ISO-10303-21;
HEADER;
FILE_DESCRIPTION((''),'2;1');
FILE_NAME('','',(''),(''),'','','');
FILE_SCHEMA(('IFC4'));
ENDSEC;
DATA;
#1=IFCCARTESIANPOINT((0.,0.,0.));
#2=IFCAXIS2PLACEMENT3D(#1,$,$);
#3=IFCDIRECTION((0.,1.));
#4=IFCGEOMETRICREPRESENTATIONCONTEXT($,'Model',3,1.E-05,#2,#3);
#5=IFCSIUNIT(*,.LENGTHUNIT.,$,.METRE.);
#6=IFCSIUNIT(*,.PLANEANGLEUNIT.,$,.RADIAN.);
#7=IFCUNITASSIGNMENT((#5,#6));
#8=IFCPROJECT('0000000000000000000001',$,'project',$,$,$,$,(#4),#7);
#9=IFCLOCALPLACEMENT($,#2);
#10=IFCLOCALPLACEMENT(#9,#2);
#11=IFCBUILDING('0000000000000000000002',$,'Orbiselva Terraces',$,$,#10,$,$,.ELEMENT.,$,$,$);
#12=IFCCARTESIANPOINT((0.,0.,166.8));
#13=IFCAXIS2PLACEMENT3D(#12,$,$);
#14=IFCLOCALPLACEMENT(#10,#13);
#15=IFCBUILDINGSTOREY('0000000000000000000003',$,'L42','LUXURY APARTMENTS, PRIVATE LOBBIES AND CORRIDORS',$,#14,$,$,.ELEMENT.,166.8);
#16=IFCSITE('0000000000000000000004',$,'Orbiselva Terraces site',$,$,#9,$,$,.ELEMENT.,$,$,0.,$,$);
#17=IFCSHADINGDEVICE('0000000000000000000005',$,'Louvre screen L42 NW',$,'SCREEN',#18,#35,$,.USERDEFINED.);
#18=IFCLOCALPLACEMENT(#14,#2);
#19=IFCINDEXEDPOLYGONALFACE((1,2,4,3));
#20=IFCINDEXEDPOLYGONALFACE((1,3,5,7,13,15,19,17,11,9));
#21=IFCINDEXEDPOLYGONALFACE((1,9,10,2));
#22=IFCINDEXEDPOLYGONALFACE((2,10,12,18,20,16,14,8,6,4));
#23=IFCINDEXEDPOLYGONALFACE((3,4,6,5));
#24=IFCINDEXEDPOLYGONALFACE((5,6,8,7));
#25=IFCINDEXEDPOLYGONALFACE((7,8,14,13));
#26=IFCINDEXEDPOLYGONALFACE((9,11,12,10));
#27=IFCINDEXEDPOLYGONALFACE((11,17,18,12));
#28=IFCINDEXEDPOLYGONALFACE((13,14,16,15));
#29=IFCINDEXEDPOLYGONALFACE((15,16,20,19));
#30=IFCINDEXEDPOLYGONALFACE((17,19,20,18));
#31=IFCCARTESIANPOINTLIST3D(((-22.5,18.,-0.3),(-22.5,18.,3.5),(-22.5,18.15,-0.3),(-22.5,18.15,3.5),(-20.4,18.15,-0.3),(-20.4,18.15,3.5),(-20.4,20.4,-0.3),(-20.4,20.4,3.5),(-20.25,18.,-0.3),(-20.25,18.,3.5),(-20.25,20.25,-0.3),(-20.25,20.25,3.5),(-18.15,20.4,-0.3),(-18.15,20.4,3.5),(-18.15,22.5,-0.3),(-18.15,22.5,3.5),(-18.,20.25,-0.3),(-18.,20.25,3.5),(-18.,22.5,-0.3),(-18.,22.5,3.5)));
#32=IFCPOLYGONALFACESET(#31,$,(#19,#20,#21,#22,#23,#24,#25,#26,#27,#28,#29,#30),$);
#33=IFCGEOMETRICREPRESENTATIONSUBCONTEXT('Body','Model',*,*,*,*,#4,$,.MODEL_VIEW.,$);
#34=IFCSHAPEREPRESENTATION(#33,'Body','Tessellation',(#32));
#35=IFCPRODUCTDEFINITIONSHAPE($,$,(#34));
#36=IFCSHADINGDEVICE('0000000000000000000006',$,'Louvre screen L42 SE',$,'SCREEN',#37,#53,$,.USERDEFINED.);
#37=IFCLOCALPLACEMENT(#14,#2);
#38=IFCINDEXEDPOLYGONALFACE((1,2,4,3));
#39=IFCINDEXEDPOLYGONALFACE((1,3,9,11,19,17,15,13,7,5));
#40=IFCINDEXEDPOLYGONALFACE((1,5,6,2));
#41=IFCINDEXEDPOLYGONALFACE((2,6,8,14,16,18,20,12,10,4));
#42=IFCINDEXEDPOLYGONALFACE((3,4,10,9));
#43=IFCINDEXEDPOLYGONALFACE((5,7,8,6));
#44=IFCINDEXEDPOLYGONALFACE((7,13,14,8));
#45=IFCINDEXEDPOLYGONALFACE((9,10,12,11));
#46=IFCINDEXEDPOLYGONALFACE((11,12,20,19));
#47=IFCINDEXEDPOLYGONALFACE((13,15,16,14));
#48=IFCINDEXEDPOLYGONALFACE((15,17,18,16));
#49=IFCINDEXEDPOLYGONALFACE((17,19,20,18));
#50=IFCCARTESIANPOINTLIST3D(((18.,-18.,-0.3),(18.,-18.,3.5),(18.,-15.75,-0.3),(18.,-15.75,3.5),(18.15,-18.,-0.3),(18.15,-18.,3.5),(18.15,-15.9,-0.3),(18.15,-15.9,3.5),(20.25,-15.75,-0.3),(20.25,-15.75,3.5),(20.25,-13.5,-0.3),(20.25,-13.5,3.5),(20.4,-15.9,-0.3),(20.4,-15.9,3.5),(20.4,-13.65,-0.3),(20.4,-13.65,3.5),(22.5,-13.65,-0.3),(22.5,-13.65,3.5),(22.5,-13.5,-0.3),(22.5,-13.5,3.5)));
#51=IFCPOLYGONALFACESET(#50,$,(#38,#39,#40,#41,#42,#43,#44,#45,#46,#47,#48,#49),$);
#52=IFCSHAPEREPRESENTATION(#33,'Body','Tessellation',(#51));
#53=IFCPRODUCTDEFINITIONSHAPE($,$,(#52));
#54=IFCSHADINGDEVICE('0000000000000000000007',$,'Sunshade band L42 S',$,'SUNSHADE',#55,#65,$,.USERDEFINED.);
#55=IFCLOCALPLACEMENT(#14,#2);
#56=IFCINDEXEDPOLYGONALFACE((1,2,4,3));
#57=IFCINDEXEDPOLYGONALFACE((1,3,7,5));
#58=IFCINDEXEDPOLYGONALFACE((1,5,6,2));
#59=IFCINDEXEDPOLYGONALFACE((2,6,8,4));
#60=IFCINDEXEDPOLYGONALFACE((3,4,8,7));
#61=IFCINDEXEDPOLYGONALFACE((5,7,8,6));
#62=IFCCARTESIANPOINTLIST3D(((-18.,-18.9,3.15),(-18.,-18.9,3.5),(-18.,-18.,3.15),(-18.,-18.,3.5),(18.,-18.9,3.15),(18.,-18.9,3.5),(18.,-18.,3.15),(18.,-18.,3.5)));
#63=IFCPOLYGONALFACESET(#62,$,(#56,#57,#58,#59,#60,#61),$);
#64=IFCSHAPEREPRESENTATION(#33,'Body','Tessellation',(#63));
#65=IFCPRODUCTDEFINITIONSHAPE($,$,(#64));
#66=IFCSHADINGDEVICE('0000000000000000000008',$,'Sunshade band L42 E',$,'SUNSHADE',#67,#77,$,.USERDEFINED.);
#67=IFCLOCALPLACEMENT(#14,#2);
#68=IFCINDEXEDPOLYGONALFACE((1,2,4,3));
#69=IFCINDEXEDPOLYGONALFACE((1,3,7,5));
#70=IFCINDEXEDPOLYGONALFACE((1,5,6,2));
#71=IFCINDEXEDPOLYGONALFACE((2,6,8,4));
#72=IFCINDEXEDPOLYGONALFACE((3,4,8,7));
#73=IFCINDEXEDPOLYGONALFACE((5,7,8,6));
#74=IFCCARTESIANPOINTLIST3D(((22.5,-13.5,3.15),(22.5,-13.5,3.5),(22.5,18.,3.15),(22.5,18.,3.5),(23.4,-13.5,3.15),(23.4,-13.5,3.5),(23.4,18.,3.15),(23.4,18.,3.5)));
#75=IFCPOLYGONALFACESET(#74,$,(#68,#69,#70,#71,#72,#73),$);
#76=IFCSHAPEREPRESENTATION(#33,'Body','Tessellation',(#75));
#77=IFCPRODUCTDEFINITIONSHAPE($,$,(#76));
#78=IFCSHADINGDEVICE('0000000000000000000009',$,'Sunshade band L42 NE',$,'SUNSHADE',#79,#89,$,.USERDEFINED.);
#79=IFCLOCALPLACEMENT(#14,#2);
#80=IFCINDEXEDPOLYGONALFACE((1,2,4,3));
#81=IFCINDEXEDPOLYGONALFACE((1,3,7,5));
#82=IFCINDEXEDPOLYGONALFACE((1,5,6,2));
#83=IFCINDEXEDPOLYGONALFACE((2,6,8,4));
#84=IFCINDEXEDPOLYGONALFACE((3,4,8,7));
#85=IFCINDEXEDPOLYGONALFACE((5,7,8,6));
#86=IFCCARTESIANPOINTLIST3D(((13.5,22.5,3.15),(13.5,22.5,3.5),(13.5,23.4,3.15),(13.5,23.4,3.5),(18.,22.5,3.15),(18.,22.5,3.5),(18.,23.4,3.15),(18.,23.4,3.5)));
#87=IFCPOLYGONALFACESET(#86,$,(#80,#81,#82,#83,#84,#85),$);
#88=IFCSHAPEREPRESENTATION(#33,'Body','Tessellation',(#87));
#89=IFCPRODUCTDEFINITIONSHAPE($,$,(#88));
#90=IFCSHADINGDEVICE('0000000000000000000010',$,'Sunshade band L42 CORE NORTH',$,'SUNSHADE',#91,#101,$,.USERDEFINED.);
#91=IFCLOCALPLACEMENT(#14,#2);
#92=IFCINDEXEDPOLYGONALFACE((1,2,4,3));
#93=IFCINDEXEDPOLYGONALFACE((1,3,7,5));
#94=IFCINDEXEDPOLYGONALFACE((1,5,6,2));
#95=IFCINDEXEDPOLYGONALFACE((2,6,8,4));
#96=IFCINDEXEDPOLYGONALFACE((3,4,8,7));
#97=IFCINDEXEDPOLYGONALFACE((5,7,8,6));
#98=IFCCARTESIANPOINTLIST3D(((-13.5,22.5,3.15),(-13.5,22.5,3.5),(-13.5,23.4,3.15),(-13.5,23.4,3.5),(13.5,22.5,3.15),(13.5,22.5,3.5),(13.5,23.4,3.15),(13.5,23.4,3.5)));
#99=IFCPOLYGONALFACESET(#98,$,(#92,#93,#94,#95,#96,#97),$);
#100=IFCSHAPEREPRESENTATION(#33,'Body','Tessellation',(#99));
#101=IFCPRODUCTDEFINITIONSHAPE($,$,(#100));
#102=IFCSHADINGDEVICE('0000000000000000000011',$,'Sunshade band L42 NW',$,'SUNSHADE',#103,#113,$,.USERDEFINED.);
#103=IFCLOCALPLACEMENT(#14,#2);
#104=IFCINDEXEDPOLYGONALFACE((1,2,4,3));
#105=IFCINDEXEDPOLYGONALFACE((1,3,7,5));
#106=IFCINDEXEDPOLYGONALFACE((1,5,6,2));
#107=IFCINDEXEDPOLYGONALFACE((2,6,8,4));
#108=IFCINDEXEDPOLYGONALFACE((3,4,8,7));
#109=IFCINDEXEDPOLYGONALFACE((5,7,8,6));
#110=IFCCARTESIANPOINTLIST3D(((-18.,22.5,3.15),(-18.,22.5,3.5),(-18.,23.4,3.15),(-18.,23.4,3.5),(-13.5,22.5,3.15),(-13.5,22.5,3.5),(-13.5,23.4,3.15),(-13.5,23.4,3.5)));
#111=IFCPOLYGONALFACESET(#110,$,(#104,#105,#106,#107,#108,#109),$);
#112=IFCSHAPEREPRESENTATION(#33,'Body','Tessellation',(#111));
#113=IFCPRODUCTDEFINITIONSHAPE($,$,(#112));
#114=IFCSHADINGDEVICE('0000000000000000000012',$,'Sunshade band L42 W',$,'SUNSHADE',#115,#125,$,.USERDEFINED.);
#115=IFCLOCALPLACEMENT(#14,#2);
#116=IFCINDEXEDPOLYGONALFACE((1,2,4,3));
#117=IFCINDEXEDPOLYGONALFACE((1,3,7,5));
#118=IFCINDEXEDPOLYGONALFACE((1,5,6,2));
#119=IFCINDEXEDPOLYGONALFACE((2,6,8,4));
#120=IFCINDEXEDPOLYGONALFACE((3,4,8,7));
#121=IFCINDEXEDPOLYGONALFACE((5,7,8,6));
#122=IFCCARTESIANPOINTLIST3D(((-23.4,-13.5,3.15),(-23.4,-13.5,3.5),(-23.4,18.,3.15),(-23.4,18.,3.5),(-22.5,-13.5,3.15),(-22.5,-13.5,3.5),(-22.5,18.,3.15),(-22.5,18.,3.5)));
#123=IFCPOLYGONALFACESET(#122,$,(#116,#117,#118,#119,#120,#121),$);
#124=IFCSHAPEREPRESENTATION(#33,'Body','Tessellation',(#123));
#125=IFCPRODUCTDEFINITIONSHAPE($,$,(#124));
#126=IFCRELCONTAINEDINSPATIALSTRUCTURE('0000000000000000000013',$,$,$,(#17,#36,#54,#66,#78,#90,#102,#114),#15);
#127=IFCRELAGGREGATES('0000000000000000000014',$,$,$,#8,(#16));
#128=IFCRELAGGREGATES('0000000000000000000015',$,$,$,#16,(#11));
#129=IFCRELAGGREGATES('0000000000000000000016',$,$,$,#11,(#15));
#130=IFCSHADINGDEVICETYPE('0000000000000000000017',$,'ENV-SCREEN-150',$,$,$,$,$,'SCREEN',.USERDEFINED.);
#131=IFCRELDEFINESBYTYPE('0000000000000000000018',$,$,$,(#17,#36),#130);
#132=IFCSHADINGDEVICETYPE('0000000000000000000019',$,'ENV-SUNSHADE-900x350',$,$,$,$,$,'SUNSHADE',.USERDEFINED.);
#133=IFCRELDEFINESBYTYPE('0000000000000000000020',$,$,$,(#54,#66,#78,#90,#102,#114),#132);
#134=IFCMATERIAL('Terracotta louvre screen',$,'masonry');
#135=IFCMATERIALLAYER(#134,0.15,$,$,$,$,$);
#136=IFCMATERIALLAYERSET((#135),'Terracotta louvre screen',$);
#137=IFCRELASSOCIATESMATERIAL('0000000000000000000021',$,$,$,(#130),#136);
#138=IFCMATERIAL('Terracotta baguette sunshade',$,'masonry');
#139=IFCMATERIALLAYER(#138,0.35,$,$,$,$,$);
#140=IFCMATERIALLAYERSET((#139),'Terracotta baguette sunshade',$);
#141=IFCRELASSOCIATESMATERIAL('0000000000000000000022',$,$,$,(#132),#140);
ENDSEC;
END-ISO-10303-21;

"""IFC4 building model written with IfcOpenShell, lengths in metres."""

from ifc_helpers import new_model, si_unit, direction, frame, origin, place, context, subcontext, project, spatial, polyline, outline, extrude, material, layer, layer_set, type_object, element, save


model = new_model("IFC4")

# Units and contexts
model_context = context("Model", 3, precision=1e-05, world=origin(), true_north=direction((0.0, 1.0)))
body_context = subcontext(model_context, "Body", "Model", "MODEL_VIEW")
ifc_project = project(units=[si_unit("LENGTHUNIT", "METRE"), si_unit("PLANEANGLEUNIT", "RADIAN")], contexts=[model_context])

# Site, building, storey
site_placement = place(None, origin())
site = spatial("IfcSite", under=ifc_project, at=site_placement, Name="Orbiselva Terraces site", CompositionType="ELEMENT", RefElevation=0.0)
building_placement = place(site_placement, origin())
building = spatial("IfcBuilding", under=site, at=building_placement, Name="Orbiselva Terraces", CompositionType="ELEMENT")
storey_placement = place(building_placement, frame((0.0, 0.0, 166.8)))
storey = spatial("IfcBuildingStorey", under=building, at=storey_placement, Name="L42", Description="LUXURY APARTMENTS, PRIVATE LOBBIES AND CORRIDORS", CompositionType="ELEMENT", Elevation=166.8)

# Shading devices
ifc_material_1 = material(Name="Terracotta louvre screen", Category="masonry")
ifc_layer_1 = layer(ifc_material_1, 0.15)
ifc_layer_set_1 = layer_set([ifc_layer_1], Name="Terracotta louvre screen")
shading_device_type_1 = type_object("IfcShadingDeviceType", Name="ENV-SCREEN-150", ElementType="SCREEN", PredefinedType="USERDEFINED", material=ifc_layer_set_1)
shading_device_1_placement = place(storey_placement, frame((0.0, 0.0, -0.3)))
element("IfcShadingDevice", 1, at=shading_device_1_placement, inside=storey, type_object=shading_device_type_1, Name="Louvre screen L42 NW", ObjectType="SCREEN", PredefinedType="USERDEFINED", context=body_context, shape_type="SweptSolid", body=[
    extrude(outline(polyline([(-18.15, 22.5), (-18.15, 20.4), (-20.4, 20.4), (-20.4, 18.15), (-22.5, 18.15), (-22.5, 18.0), (-20.25, 18.0), (-20.25, 20.25), (-18.0, 20.25), (-18.0, 22.5), (-18.15, 22.5)])), origin(), (0.0, 0.0, 1.0), 3.8),
])
shading_device_2_placement = place(storey_placement, frame((0.0, 0.0, -0.3)))
element("IfcShadingDevice", 2, at=shading_device_2_placement, inside=storey, type_object=shading_device_type_1, Name="Louvre screen L42 SE", ObjectType="SCREEN", PredefinedType="USERDEFINED", context=body_context, shape_type="SweptSolid", body=[
    extrude(outline(polyline([(18.15, -18.0), (18.15, -15.9), (20.4, -15.9), (20.4, -13.65), (22.5, -13.65), (22.5, -13.5), (20.25, -13.5), (20.25, -15.75), (18.0, -15.75), (18.0, -18.0), (18.15, -18.0)])), origin(), (0.0, 0.0, 1.0), 3.8),
])
ifc_material_2 = material(Name="Terracotta baguette sunshade", Category="masonry")
ifc_layer_2 = layer(ifc_material_2, 0.35)
ifc_layer_set_2 = layer_set([ifc_layer_2], Name="Terracotta baguette sunshade")
shading_device_type_2 = type_object("IfcShadingDeviceType", Name="ENV-SUNSHADE-900x350", ElementType="SUNSHADE", PredefinedType="USERDEFINED", material=ifc_layer_set_2)
shading_device_3_placement = place(storey_placement, frame((0.0, 0.0, 3.15)))
element("IfcShadingDevice", 3, at=shading_device_3_placement, inside=storey, type_object=shading_device_type_2, Name="Sunshade band L42 S", ObjectType="SUNSHADE", PredefinedType="USERDEFINED", context=body_context, shape_type="SweptSolid", body=[
    extrude(outline(polyline([(-18.0, -18.9), (18.0, -18.9), (18.0, -18.0), (-18.0, -18.0), (-18.0, -18.9)])), origin(), (0.0, 0.0, 1.0), 0.35),
])
shading_device_4_placement = place(storey_placement, frame((0.0, 0.0, 3.15)))
element("IfcShadingDevice", 4, at=shading_device_4_placement, inside=storey, type_object=shading_device_type_2, Name="Sunshade band L42 E", ObjectType="SUNSHADE", PredefinedType="USERDEFINED", context=body_context, shape_type="SweptSolid", body=[
    extrude(outline(polyline([(23.4, -13.5), (23.4, 18.0), (22.5, 18.0), (22.5, -13.5), (23.4, -13.5)])), origin(), (0.0, 0.0, 1.0), 0.35),
])
shading_device_5_placement = place(storey_placement, frame((0.0, 0.0, 3.15)))
element("IfcShadingDevice", 5, at=shading_device_5_placement, inside=storey, type_object=shading_device_type_2, Name="Sunshade band L42 NE", ObjectType="SUNSHADE", PredefinedType="USERDEFINED", context=body_context, shape_type="SweptSolid", body=[
    extrude(outline(polyline([(18.0, 23.4), (13.5, 23.4), (13.5, 22.5), (18.0, 22.5), (18.0, 23.4)])), origin(), (0.0, 0.0, 1.0), 0.35),
])
shading_device_6_placement = place(storey_placement, frame((0.0, 0.0, 3.15)))
element("IfcShadingDevice", 6, at=shading_device_6_placement, inside=storey, type_object=shading_device_type_2, Name="Sunshade band L42 CORE NORTH", ObjectType="SUNSHADE", PredefinedType="USERDEFINED", context=body_context, shape_type="SweptSolid", body=[
    extrude(outline(polyline([(13.5, 23.4), (-13.5, 23.4), (-13.5, 22.5), (13.5, 22.5), (13.5, 23.4)])), origin(), (0.0, 0.0, 1.0), 0.35),
])
shading_device_7_placement = place(storey_placement, frame((0.0, 0.0, 3.15)))
element("IfcShadingDevice", 7, at=shading_device_7_placement, inside=storey, type_object=shading_device_type_2, Name="Sunshade band L42 NW", ObjectType="SUNSHADE", PredefinedType="USERDEFINED", context=body_context, shape_type="SweptSolid", body=[
    extrude(outline(polyline([(-13.5, 23.4), (-18.0, 23.4), (-18.0, 22.5), (-13.5, 22.5), (-13.5, 23.4)])), origin(), (0.0, 0.0, 1.0), 0.35),
])
shading_device_8_placement = place(storey_placement, frame((0.0, 0.0, 3.15)))
element("IfcShadingDevice", 8, at=shading_device_8_placement, inside=storey, type_object=shading_device_type_2, Name="Sunshade band L42 W", ObjectType="SUNSHADE", PredefinedType="USERDEFINED", context=body_context, shape_type="SweptSolid", body=[
    extrude(outline(polyline([(-23.4, 18.0), (-23.4, -13.5), (-22.5, -13.5), (-22.5, 18.0), (-23.4, 18.0)])), origin(), (0.0, 0.0, 1.0), 0.35),
])

save(model, "model.ifc")
